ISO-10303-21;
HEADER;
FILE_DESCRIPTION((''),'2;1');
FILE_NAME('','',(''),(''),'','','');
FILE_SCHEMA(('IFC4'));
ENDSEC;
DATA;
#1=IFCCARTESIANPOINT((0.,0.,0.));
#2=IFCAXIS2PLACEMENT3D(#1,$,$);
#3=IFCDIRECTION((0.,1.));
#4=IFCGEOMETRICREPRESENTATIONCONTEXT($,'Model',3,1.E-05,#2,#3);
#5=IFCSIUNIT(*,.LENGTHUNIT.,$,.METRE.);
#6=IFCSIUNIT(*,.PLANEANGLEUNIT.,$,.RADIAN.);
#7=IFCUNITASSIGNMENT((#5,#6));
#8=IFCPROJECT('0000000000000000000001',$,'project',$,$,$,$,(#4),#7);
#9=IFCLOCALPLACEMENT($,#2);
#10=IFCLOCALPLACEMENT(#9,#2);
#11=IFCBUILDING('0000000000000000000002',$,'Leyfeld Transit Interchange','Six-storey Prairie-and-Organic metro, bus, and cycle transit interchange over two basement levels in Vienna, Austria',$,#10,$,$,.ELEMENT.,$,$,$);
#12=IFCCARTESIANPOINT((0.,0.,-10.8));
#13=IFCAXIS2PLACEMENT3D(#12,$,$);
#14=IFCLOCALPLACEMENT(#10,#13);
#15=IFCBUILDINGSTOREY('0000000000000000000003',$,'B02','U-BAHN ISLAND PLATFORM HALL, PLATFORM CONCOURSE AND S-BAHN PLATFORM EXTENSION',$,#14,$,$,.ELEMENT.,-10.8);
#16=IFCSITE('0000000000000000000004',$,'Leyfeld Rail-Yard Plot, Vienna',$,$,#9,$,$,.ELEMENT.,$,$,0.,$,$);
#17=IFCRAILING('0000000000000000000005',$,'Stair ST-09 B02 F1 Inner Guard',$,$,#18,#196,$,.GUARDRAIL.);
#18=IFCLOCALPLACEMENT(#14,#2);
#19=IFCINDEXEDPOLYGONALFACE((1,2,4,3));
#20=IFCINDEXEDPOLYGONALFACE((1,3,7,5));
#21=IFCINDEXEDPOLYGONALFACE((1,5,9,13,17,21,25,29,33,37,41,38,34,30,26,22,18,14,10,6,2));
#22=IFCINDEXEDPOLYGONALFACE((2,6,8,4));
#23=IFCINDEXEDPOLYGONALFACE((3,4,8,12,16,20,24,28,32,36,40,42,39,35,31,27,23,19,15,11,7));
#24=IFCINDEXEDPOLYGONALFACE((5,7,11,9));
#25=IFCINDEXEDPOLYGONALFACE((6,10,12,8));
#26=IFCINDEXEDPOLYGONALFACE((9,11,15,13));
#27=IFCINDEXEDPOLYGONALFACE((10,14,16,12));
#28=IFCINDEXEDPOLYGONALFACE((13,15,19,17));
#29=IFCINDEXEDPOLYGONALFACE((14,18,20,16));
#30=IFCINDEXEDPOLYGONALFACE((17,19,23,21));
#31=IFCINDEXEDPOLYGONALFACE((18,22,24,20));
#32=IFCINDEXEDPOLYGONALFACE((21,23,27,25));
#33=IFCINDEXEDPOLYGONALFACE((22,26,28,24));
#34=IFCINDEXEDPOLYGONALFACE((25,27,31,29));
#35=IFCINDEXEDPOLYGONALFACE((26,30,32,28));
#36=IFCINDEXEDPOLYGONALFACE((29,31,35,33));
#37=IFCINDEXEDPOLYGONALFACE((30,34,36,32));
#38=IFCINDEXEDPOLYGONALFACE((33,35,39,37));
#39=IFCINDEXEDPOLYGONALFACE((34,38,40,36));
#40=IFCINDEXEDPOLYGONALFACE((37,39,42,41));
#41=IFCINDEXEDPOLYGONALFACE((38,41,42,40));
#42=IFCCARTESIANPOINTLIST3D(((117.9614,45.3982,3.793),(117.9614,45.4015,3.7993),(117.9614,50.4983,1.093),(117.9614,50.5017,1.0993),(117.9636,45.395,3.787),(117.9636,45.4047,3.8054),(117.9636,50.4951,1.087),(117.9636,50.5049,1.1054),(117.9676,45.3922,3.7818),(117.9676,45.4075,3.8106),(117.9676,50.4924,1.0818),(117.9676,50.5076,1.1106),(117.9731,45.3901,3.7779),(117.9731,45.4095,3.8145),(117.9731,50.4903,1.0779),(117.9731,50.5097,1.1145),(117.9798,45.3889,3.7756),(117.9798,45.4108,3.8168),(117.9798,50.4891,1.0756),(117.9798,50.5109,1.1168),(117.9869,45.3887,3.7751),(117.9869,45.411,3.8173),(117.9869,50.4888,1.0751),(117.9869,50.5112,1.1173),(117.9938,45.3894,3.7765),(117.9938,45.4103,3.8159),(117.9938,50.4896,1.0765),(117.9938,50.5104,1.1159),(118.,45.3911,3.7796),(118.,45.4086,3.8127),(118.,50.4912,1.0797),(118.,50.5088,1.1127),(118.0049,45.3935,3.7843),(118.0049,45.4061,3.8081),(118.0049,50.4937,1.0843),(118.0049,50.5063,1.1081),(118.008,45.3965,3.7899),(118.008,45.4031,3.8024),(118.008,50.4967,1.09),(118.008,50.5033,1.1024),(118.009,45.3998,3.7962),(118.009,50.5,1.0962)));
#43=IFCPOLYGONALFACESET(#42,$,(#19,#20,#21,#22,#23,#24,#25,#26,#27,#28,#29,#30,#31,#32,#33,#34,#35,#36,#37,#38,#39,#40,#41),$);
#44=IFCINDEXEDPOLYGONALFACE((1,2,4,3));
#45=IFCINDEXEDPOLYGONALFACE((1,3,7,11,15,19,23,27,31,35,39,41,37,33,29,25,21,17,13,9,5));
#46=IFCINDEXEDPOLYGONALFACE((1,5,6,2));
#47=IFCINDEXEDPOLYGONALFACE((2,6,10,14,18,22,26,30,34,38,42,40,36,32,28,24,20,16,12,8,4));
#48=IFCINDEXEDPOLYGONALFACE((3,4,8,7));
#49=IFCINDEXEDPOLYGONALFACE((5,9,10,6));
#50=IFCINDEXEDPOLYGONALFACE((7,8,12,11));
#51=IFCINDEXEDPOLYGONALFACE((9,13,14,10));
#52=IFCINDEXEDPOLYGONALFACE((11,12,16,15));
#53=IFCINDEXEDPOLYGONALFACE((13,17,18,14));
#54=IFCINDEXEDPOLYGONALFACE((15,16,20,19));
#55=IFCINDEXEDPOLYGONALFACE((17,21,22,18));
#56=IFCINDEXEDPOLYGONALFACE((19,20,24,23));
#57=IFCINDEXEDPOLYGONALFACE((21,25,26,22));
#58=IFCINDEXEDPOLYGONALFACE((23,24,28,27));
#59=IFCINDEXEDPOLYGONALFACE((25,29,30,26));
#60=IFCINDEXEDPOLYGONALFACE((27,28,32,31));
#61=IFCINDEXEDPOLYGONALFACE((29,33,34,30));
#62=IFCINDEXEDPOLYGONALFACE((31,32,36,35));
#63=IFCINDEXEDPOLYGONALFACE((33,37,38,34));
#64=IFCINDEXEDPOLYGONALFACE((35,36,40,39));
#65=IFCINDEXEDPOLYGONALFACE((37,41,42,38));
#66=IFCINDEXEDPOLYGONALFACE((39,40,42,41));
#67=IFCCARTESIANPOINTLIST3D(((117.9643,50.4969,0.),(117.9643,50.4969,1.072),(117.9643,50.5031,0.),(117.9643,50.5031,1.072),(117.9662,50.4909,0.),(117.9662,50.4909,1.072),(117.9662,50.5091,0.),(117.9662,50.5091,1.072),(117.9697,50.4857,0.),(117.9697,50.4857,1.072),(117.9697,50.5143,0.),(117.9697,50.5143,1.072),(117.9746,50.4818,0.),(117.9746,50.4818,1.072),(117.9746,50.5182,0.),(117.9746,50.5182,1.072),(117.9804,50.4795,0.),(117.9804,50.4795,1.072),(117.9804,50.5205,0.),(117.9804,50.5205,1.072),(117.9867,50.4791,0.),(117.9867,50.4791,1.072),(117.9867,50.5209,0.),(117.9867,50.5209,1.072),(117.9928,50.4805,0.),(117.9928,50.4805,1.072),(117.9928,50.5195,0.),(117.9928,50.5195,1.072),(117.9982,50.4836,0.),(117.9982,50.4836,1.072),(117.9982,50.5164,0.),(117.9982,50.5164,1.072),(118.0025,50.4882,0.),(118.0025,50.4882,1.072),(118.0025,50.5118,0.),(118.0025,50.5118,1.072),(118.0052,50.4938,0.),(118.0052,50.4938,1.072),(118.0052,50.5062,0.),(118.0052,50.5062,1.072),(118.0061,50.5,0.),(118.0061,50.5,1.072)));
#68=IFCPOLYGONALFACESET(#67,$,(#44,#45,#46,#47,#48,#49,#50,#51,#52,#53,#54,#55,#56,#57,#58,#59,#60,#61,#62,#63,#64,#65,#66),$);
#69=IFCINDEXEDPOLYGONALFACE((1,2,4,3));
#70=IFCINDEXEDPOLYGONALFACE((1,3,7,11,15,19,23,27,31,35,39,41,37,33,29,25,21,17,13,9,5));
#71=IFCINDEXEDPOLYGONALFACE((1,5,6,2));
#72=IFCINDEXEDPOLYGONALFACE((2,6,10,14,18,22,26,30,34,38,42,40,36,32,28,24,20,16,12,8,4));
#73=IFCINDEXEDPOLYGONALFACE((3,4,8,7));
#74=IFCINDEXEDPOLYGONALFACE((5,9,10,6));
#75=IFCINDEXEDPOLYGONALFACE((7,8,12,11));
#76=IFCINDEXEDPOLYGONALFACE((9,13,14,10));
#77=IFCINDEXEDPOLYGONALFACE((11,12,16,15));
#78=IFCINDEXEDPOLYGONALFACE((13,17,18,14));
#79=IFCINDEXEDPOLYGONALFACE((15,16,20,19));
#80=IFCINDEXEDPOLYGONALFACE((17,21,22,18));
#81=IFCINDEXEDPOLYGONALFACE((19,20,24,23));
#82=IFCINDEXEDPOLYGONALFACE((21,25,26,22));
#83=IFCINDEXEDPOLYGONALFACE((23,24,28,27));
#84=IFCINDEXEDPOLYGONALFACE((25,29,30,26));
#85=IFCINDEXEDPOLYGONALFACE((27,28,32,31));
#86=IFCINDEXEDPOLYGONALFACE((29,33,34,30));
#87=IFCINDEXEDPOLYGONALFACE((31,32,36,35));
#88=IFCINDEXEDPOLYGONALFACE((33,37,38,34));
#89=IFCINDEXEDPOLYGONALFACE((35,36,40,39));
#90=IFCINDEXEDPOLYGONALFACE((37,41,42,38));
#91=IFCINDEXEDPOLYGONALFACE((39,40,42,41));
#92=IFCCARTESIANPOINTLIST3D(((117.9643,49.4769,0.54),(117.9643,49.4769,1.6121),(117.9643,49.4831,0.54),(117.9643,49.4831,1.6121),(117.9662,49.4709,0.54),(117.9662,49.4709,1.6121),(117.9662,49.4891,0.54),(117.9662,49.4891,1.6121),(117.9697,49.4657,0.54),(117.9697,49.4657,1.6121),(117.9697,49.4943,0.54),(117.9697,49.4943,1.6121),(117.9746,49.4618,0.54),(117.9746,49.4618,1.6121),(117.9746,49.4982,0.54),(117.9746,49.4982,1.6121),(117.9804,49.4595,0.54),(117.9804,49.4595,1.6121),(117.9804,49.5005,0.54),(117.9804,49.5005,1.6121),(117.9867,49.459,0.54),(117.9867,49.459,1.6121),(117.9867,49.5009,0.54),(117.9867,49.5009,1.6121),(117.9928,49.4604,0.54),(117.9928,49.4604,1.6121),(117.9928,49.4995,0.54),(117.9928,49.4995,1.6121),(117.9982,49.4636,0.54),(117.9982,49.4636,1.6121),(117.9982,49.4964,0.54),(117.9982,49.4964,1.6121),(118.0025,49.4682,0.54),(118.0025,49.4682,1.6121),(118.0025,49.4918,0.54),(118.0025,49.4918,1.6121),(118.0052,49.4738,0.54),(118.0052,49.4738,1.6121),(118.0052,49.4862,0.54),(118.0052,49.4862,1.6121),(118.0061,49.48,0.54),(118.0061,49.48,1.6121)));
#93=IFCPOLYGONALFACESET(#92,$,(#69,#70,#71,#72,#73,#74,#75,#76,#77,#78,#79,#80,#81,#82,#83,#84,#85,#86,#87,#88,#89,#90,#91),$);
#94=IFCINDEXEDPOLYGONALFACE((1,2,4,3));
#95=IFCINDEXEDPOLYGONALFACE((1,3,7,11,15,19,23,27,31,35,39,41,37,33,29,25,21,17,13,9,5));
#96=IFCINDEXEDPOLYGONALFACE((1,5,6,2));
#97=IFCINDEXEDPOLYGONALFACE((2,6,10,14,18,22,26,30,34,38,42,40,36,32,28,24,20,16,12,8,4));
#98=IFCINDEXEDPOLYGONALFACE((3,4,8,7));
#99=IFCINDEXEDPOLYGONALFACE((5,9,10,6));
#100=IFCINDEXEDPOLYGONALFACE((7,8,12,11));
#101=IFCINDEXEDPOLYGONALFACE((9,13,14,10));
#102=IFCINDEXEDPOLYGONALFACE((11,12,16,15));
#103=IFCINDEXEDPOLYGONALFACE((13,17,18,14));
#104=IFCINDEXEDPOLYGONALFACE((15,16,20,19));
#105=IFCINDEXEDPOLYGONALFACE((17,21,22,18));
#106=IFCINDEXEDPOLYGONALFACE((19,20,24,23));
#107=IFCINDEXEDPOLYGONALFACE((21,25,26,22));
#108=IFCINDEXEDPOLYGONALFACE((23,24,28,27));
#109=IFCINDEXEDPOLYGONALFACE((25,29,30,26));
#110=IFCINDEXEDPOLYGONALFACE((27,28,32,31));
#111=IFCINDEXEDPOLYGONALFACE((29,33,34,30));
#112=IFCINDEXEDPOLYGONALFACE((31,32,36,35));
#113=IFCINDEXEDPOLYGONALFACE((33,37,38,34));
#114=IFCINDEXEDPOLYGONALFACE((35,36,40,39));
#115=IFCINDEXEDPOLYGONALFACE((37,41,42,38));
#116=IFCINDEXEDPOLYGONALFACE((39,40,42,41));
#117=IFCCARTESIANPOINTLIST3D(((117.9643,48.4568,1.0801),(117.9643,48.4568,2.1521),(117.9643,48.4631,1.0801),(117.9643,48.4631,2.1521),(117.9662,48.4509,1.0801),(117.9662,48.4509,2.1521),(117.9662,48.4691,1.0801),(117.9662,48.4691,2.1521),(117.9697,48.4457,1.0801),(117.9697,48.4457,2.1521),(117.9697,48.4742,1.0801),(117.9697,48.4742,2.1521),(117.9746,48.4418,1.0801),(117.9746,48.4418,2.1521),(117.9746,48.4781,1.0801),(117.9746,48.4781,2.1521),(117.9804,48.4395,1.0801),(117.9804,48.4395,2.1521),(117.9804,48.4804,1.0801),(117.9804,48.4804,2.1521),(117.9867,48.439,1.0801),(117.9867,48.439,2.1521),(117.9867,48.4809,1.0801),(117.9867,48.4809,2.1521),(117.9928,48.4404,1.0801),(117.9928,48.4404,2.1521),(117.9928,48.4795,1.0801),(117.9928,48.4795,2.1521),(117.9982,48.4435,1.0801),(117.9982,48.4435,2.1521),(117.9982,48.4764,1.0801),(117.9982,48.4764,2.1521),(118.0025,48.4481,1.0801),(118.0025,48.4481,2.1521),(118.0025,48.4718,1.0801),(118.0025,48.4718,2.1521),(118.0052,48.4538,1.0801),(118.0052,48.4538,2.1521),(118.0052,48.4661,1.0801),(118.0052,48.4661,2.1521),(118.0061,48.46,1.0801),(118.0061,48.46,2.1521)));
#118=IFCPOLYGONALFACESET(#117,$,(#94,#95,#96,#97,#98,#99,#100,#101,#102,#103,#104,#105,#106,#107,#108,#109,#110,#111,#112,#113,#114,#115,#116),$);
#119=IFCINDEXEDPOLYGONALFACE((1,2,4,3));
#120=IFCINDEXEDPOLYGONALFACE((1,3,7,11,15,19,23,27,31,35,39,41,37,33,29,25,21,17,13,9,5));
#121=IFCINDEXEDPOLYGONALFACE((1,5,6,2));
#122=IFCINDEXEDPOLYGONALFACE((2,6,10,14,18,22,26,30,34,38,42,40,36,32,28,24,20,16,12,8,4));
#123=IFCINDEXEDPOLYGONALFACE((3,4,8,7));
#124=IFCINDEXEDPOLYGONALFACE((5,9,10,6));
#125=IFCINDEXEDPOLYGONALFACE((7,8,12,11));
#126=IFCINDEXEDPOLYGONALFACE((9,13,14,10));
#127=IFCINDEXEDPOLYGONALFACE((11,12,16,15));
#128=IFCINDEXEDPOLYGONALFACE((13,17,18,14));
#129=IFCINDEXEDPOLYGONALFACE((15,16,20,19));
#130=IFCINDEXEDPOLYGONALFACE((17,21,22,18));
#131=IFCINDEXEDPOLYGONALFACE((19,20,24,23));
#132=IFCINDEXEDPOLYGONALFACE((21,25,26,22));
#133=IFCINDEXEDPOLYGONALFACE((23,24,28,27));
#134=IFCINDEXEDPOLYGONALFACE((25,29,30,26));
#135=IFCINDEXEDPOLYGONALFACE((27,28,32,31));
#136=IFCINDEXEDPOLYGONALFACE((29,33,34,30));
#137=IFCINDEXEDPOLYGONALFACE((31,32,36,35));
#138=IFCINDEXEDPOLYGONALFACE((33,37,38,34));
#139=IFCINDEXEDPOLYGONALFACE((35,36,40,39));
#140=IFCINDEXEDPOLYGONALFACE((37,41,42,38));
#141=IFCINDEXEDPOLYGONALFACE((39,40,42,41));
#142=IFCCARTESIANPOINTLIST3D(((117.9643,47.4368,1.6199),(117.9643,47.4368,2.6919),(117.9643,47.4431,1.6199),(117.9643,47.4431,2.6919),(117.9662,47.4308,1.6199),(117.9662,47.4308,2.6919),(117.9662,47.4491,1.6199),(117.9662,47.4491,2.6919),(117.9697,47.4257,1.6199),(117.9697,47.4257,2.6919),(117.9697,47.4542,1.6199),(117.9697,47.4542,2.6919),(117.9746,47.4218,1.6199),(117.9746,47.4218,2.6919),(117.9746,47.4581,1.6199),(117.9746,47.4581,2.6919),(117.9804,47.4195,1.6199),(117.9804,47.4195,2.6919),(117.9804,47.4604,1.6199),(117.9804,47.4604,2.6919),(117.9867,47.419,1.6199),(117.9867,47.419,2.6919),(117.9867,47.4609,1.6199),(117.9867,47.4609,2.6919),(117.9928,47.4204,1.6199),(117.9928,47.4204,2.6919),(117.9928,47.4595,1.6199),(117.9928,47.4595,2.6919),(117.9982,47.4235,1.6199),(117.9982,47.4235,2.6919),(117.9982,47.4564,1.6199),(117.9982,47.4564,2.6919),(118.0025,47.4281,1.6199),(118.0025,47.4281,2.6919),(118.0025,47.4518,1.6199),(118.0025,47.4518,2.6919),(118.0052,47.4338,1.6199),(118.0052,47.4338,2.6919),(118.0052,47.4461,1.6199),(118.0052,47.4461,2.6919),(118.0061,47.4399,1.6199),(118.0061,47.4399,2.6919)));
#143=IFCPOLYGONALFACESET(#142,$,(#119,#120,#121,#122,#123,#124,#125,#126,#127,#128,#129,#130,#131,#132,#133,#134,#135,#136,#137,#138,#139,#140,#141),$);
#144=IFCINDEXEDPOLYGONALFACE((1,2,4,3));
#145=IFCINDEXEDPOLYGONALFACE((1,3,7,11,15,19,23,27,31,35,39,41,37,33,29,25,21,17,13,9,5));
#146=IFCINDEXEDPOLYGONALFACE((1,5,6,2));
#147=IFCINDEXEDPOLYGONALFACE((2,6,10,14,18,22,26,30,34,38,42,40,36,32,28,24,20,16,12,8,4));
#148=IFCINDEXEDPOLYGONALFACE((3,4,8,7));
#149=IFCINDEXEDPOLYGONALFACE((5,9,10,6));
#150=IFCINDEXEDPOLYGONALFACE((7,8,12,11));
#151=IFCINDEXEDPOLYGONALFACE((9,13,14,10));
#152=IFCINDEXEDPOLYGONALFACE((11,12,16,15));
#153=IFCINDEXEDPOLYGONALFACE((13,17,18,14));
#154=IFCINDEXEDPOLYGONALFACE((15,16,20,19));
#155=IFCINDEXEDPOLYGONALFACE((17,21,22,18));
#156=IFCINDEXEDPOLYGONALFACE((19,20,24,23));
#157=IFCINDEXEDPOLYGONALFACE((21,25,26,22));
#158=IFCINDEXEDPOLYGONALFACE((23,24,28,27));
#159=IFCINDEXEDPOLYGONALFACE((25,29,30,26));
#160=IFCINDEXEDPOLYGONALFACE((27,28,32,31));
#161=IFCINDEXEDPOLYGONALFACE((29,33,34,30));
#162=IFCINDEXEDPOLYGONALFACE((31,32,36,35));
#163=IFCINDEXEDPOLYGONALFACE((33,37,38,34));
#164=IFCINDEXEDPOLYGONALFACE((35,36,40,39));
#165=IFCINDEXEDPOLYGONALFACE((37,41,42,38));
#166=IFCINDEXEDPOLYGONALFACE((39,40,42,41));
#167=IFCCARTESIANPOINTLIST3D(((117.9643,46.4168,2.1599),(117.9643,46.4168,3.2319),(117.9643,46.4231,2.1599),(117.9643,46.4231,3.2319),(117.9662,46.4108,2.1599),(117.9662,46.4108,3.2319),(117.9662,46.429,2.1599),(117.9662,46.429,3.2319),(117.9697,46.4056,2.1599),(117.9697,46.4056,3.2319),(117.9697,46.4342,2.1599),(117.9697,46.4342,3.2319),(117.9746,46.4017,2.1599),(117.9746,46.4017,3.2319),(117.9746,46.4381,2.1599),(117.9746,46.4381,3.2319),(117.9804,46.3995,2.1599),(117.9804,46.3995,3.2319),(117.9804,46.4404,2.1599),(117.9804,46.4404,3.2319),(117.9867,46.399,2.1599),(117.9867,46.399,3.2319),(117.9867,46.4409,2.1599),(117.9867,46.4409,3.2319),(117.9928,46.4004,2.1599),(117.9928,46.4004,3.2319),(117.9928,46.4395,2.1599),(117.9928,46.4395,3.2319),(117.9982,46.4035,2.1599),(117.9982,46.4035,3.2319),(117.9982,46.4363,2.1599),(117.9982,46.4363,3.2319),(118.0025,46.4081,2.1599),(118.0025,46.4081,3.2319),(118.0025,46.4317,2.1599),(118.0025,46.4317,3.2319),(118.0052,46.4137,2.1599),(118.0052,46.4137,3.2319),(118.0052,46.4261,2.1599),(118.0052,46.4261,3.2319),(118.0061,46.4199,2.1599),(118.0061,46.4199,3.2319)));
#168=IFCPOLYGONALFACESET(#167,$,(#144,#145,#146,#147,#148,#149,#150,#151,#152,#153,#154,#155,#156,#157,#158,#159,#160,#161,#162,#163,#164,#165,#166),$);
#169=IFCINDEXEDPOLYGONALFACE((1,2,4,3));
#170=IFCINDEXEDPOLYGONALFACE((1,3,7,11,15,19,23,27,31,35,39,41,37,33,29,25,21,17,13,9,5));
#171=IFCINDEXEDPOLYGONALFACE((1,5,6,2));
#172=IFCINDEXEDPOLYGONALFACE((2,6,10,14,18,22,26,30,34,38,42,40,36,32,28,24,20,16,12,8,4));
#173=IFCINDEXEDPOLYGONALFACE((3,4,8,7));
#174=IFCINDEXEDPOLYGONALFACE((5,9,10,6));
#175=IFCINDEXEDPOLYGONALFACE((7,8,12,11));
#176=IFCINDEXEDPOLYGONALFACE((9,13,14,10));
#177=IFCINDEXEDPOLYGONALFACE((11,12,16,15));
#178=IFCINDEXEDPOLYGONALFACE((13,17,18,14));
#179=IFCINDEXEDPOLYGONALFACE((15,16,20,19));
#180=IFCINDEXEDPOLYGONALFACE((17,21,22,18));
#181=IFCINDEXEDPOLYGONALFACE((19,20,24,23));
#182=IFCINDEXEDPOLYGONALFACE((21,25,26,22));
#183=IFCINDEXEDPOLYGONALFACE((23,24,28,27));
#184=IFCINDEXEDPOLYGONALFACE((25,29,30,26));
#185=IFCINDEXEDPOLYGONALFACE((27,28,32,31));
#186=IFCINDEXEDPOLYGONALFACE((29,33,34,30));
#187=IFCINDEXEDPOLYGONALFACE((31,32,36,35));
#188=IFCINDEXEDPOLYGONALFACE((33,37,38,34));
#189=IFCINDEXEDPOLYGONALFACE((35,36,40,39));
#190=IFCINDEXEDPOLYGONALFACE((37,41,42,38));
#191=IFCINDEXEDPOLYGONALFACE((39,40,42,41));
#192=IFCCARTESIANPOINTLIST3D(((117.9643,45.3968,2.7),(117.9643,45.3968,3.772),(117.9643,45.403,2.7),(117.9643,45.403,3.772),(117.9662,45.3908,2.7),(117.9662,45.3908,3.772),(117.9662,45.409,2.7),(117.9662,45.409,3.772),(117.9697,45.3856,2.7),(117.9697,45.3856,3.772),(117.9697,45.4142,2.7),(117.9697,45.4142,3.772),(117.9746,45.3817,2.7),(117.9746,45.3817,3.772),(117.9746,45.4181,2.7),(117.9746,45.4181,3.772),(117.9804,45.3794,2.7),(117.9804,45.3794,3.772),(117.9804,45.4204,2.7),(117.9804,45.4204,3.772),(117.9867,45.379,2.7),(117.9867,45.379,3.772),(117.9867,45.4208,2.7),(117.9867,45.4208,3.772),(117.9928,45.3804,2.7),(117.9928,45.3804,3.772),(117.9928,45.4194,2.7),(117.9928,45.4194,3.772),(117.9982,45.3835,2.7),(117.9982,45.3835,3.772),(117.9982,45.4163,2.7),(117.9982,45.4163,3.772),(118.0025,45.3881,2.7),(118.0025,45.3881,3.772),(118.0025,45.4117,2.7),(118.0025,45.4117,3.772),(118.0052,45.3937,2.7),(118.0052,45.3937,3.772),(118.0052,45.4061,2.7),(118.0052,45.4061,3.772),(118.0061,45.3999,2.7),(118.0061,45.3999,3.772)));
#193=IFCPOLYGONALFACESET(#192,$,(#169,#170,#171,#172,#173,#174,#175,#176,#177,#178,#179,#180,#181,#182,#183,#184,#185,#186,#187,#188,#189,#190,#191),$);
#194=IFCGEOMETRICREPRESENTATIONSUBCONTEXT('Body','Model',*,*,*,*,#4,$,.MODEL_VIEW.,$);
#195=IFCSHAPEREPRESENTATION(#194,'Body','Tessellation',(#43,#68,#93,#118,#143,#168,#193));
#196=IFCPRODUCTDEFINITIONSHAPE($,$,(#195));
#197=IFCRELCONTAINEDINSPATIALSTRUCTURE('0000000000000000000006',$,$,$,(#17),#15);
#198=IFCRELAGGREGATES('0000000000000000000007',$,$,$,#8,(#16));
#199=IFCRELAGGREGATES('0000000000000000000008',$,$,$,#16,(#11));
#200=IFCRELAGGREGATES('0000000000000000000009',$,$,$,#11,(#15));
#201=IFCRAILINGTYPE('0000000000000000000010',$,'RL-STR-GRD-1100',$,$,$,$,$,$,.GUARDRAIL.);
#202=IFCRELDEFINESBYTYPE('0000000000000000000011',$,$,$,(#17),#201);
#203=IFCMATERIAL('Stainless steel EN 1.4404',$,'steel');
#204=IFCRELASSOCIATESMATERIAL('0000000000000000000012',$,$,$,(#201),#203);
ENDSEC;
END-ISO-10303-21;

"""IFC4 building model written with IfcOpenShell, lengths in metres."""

from ifc_helpers import new_model, si_unit, direction, frame, origin, origin_2d, place, context, subcontext, project, spatial, circle, extrude, material, type_object, element, save


model = new_model("IFC4")

# Units and contexts
model_context = context("Model", 3, precision=1e-05, world=origin(), true_north=direction((0.0, 1.0)))
body_context = subcontext(model_context, "Body", "Model", "MODEL_VIEW")
ifc_project = project(units=[si_unit("LENGTHUNIT", "METRE"), si_unit("PLANEANGLEUNIT", "RADIAN")], contexts=[model_context])

# Site, building, storey
site_placement = place(None, origin())
site = spatial("IfcSite", under=ifc_project, at=site_placement, Name="Leyfeld Rail-Yard Plot, Vienna", CompositionType="ELEMENT", RefElevation=0.0)
building_placement = place(site_placement, origin())
building = spatial("IfcBuilding", under=site, at=building_placement, Name="Leyfeld Transit Interchange", Description="Six-storey Prairie-and-Organic metro, bus, and cycle transit interchange over two basement levels in Vienna, Austria", CompositionType="ELEMENT")
storey_placement = place(building_placement, frame((0.0, 0.0, -10.8)))
storey = spatial("IfcBuildingStorey", under=building, at=storey_placement, Name="B02", Description="U-BAHN ISLAND PLATFORM HALL, PLATFORM CONCOURSE AND S-BAHN PLATFORM EXTENSION", CompositionType="ELEMENT", Elevation=-10.8)

# Railing
ifc_material_1 = material(Name="Stainless steel EN 1.4404", Category="steel")
railing_type_1 = type_object("IfcRailingType", Name="RL-STR-GRD-1100", PredefinedType="GUARDRAIL", material=ifc_material_1)
for number, where, name in (
    (1, (117.9851, 50.5, 0.0), "Stair ST-09 B02 F1 Inner Guard"),
):
    element("IfcRailing", number, at=place(storey_placement, frame(where)), inside=storey, type_object=railing_type_1, Name=name, PredefinedType="GUARDRAIL", context=body_context, shape_type="SweptSolid", body=[
        extrude(circle(Radius=0.0239, at=origin_2d()), frame((0.0, 0.0, 1.0962), z_axis=(0.0, -0.883795, 0.467874), x_axis=(1.0, 0.0, 0.0)), (0.0, 0.0, 1.0), 5.7708),
        extrude(circle(Radius=0.021, at=origin_2d()), origin(), (0.0, 0.0, 1.0), 1.072),
        extrude(circle(Radius=0.021, at=origin_2d()), frame((0.0, -1.02, 0.54)), (0.0, 0.0, 1.0), 1.072),
        extrude(circle(Radius=0.021, at=origin_2d()), frame((0.0, -2.04, 1.0801)), (0.0, 0.0, 1.0), 1.072),
        extrude(circle(Radius=0.021, at=origin_2d()), frame((0.0, -3.0601, 1.6199)), (0.0, 0.0, 1.0), 1.072),
        extrude(circle(Radius=0.021, at=origin_2d()), frame((0.0, -4.0801, 2.1599)), (0.0, 0.0, 1.0), 1.072),
        extrude(circle(Radius=0.021, at=origin_2d()), frame((0.0, -5.1001, 2.7)), (0.0, 0.0, 1.0), 1.072),
    ])

save(model, "model.ifc")
